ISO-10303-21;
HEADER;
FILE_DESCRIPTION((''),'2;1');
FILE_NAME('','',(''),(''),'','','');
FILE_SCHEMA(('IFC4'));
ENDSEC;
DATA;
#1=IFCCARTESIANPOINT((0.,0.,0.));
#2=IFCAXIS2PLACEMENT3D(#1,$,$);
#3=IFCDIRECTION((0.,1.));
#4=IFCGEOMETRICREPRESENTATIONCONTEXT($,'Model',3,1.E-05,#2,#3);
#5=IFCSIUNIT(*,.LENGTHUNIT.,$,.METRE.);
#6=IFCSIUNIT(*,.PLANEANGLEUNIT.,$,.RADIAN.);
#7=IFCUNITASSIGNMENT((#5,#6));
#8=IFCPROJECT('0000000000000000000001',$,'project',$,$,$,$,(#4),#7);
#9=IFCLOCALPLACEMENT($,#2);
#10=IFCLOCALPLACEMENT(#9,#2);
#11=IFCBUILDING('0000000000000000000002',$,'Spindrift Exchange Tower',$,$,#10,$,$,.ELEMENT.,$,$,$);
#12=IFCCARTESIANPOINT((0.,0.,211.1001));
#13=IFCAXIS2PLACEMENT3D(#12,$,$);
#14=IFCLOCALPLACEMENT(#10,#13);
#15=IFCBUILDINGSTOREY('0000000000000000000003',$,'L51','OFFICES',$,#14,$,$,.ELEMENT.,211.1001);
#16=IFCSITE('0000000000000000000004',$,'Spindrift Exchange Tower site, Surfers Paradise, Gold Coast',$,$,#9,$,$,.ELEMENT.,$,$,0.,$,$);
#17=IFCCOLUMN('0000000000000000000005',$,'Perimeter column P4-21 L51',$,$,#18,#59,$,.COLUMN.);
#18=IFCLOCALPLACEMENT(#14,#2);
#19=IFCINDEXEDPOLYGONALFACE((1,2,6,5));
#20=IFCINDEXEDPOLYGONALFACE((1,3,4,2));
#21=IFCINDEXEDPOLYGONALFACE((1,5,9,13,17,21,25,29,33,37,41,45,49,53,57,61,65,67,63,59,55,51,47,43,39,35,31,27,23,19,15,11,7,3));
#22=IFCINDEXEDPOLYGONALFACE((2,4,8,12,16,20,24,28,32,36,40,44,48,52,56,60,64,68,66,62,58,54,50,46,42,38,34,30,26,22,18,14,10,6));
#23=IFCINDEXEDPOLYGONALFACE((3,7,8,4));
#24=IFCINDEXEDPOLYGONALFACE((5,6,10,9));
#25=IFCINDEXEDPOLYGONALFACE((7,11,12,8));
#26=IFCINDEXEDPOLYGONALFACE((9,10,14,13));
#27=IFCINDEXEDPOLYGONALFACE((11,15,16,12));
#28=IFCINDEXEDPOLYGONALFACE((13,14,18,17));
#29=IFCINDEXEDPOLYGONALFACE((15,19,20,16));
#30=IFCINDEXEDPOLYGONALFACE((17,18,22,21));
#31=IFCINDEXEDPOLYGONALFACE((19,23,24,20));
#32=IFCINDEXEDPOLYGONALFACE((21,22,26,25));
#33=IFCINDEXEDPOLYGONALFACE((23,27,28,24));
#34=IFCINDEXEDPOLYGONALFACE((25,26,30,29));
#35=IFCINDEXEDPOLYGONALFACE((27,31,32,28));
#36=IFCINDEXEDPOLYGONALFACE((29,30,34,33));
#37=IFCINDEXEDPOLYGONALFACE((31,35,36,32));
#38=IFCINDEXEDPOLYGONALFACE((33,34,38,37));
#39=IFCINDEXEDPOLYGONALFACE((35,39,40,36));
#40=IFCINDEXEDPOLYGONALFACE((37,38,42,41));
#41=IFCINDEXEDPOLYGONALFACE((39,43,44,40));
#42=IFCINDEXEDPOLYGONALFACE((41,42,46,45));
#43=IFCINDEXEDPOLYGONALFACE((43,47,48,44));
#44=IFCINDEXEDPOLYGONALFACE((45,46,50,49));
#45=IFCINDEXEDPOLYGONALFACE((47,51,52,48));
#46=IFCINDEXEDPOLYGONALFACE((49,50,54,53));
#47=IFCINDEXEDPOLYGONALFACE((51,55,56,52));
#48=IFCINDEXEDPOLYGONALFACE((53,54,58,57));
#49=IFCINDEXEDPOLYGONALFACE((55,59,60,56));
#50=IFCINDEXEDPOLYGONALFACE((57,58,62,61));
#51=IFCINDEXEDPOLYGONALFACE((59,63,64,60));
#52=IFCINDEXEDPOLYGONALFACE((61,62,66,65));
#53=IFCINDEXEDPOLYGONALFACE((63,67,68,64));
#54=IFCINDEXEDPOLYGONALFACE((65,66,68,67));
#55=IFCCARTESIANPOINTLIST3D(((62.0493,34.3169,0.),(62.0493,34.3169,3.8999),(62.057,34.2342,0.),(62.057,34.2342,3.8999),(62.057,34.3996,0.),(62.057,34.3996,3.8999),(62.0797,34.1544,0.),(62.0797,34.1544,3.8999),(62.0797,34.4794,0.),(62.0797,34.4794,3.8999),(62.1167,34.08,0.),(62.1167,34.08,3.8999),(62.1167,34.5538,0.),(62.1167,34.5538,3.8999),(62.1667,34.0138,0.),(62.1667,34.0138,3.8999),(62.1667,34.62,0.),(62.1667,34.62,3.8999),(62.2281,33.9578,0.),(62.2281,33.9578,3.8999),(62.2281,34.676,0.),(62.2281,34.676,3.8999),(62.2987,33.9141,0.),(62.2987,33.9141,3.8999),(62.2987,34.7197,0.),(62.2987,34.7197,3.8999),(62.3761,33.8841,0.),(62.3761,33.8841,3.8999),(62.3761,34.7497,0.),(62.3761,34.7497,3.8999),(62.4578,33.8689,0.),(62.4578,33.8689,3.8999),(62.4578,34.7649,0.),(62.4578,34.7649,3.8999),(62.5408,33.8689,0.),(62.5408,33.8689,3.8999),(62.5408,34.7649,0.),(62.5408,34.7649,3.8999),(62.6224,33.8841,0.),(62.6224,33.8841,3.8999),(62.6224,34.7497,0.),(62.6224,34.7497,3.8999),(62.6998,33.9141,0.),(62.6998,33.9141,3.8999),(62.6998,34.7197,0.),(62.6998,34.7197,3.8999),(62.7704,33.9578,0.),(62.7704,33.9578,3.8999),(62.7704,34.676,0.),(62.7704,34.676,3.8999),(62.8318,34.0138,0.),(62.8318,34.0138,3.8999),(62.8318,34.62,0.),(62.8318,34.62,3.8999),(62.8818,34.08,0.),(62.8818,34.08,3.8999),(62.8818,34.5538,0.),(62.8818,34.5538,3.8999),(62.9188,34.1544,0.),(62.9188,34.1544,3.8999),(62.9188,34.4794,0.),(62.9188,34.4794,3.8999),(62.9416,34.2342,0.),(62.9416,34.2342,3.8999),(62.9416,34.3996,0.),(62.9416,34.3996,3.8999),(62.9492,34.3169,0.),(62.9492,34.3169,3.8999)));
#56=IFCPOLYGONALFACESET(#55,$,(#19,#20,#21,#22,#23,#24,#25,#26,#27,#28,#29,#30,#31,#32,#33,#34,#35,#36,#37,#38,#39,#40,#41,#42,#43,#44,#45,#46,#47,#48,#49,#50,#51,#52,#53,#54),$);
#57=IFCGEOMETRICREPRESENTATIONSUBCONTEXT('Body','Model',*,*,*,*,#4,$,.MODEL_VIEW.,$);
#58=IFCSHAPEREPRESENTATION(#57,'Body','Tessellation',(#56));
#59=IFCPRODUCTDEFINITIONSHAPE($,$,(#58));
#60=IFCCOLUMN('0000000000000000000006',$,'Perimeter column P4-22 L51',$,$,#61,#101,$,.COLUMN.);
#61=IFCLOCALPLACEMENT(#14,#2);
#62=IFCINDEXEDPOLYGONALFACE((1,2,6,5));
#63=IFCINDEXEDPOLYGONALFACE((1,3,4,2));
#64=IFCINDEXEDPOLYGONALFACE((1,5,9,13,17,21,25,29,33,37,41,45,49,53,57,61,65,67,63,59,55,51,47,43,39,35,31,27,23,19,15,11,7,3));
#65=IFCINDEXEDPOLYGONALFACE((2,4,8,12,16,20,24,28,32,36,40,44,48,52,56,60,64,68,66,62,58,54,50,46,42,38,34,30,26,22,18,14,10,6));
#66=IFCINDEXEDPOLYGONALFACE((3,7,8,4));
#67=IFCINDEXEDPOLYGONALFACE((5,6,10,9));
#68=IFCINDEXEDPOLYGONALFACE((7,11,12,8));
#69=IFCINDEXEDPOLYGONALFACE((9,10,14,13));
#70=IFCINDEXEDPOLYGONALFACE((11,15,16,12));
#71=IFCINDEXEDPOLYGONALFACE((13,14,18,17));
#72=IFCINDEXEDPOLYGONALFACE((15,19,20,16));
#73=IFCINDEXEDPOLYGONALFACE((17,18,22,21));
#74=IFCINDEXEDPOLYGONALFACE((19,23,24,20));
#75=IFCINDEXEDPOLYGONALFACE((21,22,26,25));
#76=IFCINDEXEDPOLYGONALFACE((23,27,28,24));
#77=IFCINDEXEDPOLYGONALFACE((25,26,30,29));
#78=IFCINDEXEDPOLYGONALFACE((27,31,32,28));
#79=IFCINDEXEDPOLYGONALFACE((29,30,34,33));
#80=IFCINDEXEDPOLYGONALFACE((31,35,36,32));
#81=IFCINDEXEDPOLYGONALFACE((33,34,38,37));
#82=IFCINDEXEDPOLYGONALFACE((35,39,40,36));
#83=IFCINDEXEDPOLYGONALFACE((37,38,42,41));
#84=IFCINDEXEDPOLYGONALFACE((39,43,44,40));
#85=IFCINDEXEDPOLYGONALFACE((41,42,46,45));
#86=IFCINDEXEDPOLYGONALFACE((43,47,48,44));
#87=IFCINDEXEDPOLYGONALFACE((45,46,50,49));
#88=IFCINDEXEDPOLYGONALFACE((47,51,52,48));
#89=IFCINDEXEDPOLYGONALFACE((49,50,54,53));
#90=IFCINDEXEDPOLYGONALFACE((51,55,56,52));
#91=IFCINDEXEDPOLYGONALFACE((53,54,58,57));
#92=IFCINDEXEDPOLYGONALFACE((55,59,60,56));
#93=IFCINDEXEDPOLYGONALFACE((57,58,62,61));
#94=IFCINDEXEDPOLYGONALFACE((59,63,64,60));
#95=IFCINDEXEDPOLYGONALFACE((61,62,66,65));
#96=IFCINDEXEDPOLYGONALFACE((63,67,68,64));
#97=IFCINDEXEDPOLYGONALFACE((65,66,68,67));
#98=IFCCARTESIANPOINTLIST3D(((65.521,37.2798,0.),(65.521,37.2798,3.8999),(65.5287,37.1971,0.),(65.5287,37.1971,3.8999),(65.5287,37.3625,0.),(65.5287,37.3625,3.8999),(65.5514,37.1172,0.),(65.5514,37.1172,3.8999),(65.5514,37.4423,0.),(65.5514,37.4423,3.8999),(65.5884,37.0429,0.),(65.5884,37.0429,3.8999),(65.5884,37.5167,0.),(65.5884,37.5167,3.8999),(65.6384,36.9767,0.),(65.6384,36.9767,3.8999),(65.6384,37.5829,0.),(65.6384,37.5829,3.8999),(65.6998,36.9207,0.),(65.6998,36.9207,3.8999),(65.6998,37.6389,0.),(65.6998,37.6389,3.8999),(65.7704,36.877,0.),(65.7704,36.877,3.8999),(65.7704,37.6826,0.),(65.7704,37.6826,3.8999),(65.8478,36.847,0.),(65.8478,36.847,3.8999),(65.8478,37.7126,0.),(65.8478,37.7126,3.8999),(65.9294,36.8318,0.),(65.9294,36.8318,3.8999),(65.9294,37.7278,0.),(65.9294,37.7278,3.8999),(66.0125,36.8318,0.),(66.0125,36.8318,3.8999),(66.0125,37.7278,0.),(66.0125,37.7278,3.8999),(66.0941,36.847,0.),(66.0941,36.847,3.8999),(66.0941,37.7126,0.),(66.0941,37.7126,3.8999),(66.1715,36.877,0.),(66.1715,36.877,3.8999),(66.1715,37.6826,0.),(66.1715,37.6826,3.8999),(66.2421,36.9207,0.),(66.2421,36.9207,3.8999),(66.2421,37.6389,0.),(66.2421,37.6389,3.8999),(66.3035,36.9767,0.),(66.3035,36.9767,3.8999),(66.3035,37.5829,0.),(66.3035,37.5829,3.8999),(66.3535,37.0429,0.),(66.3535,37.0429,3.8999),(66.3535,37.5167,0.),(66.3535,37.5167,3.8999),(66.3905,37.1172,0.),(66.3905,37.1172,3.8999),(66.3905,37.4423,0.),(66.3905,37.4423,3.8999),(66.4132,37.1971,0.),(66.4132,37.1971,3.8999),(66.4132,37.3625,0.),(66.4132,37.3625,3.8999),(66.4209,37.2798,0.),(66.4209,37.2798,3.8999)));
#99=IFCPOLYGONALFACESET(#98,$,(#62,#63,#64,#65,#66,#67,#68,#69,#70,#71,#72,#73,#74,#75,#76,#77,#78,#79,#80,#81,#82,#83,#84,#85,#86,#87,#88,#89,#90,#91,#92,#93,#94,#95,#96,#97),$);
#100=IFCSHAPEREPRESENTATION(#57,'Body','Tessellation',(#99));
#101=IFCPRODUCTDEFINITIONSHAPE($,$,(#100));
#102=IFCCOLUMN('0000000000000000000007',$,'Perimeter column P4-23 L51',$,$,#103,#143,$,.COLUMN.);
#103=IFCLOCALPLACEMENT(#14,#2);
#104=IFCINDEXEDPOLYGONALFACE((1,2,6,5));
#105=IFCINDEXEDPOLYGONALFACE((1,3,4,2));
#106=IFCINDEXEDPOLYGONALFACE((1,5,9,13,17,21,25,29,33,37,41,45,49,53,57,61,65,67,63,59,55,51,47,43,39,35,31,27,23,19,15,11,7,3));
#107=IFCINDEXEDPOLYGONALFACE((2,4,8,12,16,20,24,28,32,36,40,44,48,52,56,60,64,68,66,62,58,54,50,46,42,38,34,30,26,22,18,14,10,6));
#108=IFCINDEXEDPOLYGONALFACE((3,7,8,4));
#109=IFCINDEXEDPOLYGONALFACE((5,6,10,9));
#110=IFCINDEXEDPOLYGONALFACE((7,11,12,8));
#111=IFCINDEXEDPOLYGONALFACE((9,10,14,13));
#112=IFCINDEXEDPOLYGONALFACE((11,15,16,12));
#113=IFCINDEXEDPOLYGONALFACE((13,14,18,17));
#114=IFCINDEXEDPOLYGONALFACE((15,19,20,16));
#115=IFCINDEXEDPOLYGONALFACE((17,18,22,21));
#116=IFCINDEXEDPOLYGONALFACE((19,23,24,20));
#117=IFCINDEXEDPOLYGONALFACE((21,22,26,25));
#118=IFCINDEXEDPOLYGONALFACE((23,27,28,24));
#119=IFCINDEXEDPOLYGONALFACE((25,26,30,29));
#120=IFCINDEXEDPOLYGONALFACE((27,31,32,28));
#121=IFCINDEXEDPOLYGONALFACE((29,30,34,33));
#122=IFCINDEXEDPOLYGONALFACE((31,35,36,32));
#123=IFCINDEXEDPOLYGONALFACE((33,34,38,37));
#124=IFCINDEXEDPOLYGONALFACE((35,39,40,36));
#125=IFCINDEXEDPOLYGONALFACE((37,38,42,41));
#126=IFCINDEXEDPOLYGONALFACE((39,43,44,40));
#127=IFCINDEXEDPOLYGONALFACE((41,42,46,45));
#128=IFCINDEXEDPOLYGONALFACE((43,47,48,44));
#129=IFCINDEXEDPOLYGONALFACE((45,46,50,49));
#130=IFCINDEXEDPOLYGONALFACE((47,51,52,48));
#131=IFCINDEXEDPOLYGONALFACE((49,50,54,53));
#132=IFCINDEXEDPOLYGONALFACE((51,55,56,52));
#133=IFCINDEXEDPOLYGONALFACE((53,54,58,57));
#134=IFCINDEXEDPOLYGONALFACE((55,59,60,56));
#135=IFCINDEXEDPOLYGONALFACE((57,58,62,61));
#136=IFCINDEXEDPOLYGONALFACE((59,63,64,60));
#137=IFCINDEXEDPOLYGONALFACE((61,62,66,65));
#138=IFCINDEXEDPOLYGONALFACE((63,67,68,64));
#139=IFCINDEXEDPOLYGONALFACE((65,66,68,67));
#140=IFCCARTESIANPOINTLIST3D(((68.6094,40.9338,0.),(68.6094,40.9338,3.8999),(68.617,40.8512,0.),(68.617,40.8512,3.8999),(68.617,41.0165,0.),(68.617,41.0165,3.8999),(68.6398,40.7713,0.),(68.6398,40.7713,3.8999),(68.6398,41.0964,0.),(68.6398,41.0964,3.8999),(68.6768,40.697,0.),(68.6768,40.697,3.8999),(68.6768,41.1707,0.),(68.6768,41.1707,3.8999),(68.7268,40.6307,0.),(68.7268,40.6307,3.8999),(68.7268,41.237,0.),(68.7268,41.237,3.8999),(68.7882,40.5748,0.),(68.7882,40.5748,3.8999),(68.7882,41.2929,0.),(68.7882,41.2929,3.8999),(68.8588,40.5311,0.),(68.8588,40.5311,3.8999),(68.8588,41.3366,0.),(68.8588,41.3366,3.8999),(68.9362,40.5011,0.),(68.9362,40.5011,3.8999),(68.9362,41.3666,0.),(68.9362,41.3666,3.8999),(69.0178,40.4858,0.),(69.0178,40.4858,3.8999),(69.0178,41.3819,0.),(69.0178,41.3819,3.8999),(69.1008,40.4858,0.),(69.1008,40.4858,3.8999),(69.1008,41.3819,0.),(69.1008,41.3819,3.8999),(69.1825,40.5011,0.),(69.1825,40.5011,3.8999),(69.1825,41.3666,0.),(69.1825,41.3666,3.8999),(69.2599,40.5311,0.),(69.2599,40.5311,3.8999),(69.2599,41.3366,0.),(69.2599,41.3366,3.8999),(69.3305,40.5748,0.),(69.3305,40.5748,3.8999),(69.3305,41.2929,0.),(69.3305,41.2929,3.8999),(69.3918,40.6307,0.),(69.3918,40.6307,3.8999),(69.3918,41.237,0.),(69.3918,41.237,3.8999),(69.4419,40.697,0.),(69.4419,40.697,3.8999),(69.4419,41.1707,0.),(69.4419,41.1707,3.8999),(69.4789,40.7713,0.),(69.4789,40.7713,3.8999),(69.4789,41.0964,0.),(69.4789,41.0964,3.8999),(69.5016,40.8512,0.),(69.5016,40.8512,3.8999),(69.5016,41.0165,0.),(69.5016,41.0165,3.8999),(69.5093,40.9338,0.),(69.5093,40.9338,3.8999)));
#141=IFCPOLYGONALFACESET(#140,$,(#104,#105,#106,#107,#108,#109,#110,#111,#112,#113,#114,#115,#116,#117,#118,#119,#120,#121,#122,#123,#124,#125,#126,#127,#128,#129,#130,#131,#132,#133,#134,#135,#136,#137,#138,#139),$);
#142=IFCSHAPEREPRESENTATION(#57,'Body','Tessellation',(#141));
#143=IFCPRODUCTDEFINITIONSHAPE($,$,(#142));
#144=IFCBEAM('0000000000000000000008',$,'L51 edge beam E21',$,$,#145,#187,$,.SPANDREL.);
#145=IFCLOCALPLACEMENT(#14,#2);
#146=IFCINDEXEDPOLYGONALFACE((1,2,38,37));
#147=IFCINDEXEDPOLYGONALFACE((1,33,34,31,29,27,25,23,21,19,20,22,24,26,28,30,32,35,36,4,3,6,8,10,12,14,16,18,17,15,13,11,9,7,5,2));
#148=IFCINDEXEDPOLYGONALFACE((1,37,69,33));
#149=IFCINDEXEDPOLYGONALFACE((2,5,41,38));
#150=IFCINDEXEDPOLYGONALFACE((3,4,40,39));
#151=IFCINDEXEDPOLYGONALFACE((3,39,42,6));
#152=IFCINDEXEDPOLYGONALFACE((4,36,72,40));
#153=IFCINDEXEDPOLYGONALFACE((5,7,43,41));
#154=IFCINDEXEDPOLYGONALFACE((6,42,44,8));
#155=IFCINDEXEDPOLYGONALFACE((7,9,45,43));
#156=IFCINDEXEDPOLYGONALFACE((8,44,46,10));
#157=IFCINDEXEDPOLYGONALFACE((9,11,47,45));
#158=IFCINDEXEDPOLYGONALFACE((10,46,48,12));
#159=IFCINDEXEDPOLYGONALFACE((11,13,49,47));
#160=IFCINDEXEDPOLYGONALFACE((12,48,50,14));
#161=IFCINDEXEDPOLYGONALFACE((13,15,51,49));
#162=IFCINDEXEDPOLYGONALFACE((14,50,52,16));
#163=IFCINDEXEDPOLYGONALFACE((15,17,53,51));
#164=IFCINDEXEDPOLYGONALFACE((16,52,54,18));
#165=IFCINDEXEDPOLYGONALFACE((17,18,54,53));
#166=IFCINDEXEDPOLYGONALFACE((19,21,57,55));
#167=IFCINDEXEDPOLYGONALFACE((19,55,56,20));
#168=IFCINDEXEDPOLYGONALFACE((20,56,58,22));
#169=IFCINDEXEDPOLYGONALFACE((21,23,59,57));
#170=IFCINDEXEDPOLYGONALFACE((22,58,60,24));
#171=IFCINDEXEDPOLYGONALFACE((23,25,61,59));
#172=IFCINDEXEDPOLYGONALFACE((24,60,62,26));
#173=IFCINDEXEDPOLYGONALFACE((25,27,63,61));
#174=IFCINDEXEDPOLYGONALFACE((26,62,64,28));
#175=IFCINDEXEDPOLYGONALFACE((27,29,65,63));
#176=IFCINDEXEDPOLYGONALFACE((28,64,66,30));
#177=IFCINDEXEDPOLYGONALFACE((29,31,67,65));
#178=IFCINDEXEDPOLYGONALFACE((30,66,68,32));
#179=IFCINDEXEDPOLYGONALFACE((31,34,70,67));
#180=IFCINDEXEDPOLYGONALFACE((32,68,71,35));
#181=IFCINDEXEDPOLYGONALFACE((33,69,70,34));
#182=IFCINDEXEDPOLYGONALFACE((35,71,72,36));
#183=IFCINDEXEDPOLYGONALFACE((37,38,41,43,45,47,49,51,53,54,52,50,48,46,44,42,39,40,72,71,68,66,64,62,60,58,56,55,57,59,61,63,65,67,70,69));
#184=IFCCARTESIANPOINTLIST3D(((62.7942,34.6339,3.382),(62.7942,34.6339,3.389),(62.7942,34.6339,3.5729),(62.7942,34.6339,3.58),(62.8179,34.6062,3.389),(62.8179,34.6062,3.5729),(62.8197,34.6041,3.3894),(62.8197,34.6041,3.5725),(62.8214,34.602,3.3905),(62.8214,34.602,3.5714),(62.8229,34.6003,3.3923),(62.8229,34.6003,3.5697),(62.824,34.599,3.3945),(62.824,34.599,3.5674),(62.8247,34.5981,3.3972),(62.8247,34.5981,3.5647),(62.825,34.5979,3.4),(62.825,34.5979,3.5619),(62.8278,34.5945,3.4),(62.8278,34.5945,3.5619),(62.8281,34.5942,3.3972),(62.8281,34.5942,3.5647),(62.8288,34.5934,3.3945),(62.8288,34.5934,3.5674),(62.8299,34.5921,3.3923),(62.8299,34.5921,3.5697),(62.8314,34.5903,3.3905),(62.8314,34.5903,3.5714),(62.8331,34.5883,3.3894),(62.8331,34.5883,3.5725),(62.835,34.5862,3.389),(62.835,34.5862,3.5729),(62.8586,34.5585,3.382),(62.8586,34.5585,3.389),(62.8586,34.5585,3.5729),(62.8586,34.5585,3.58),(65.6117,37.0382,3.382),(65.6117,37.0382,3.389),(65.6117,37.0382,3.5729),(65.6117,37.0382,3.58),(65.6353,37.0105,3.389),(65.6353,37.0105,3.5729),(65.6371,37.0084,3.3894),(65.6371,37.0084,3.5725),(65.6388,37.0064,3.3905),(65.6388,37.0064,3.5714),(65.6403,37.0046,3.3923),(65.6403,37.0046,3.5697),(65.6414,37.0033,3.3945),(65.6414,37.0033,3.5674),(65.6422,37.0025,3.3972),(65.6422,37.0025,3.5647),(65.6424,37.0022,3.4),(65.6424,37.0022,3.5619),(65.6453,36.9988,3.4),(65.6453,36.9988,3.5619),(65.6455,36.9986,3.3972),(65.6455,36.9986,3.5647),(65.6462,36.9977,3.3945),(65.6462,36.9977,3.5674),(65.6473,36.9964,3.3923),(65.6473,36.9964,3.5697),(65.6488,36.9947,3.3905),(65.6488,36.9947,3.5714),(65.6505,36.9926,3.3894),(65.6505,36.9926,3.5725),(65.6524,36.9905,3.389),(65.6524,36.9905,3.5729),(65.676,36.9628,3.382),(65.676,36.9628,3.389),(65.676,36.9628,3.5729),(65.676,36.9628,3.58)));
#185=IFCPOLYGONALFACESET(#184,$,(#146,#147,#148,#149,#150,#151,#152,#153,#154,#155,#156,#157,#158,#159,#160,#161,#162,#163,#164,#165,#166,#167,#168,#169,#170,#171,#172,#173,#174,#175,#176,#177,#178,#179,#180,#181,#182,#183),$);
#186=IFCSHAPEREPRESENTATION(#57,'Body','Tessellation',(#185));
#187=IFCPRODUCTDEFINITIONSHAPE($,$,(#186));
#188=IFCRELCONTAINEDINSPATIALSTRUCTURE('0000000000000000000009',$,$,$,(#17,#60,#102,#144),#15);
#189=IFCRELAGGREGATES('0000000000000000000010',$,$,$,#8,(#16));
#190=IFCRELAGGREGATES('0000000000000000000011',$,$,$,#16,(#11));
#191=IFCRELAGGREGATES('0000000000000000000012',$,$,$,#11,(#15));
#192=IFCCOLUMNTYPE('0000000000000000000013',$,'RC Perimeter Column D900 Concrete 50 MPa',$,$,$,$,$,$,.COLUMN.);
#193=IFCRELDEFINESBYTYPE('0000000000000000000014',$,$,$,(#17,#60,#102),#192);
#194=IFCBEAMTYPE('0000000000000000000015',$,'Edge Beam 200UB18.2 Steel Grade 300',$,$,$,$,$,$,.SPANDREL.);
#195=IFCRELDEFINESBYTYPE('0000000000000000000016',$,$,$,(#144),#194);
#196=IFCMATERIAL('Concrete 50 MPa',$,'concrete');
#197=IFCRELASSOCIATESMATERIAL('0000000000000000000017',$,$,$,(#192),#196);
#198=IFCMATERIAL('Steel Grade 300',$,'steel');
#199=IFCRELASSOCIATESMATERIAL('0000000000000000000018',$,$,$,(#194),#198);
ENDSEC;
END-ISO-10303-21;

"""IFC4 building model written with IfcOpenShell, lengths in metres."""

from ifc_helpers import new_model, si_unit, direction, frame, origin, origin_2d, place, context, subcontext, project, spatial, circle, i_section, extrude, source, transform, mapped, material, material_profile, profile_set, type_object, element, save


model = new_model("IFC4")

# Units and contexts
model_context = context("Model", 3, precision=1e-05, world=origin(), true_north=direction((0.0, 1.0)))
body_context = subcontext(model_context, "Body", "Model", "MODEL_VIEW")
ifc_project = project(units=[si_unit("LENGTHUNIT", "METRE"), si_unit("PLANEANGLEUNIT", "RADIAN")], contexts=[model_context])

# Site, building, storey
site_placement = place(None, origin())
site = spatial("IfcSite", under=ifc_project, at=site_placement, Name="Spindrift Exchange Tower site, Surfers Paradise, Gold Coast", CompositionType="ELEMENT", RefElevation=0.0)
building_placement = place(site_placement, origin())
building = spatial("IfcBuilding", under=site, at=building_placement, Name="Spindrift Exchange Tower", CompositionType="ELEMENT")
storey_placement = place(building_placement, frame((0.0, 0.0, 211.1001)))
storey = spatial("IfcBuildingStorey", under=building, at=storey_placement, Name="L51", Description="OFFICES", CompositionType="ELEMENT", Elevation=211.1001)

# Columns
ifc_material_1 = material(Name="Concrete 50 MPa", Category="concrete")
ifc_material_profile_1 = material_profile(ifc_material_1, circle(Radius=0.45, at=origin_2d()), Name="RC D900")
ifc_profile_set_1 = profile_set([ifc_material_profile_1], Name="Concrete 50 MPa")
column_type = type_object("IfcColumnType", Name="RC Perimeter Column D900 Concrete 50 MPa", PredefinedType="COLUMN", material=ifc_profile_set_1)
shared_shape_1 = source(origin(), body_context, "Body", "SweptSolid", [
    extrude(circle(Radius=0.45, at=origin_2d()), origin(), (0.0, 0.0, 1.0), 3.8999),
])
for number, where, z_axis, x_axis, name in (
    (1, (62.4993, 34.3169, 0.0), (0.0, 0.0, 1.0), (1.0, 0.0, 0.0), "Perimeter column P4-21 L51"),
    (2, (65.9709, 37.2798, 0.0), (0.0, 0.0, 1.0), (1.0, 0.0, 0.0), "Perimeter column P4-22 L51"),
    (3, (69.0593, 40.9338, 0.0), (0.0, 0.0, 1.0), (1.0, 0.0, 0.0), "Perimeter column P4-23 L51"),
):
    element("IfcColumn", number, at=place(storey_placement, frame(where, z_axis=z_axis, x_axis=x_axis)), inside=storey, type_object=column_type, Name=name, PredefinedType="COLUMN", context=body_context, shape_type="MappedRepresentation", body=[
        mapped(shared_shape_1, transform((0.0, 0.0, 0.0), scale=1.0)),
    ])

# Beam
ifc_material_2 = material(Name="Steel Grade 300", Category="steel")
ifc_material_profile_2 = material_profile(ifc_material_2, i_section(OverallWidth=0.0991, OverallDepth=0.198, WebThickness=0.0044, FlangeThickness=0.0071, FilletRadius=0.011, at=origin_2d()), Name="200UB18.2")
ifc_profile_set_2 = profile_set([ifc_material_profile_2], Name="Steel Grade 300")
beam_type_1 = type_object("IfcBeamType", Name="Edge Beam 200UB18.2 Steel Grade 300", PredefinedType="SPANDREL", material=ifc_profile_set_2)
shared_shape_2 = source(origin(), body_context, "Body", "SweptSolid", [
    extrude(i_section(OverallWidth=0.0991, OverallDepth=0.198, WebThickness=0.0044, FlangeThickness=0.0071, FilletRadius=0.011, at=origin_2d()), origin(), (0.0, 0.0, 1.0), 3.7039),
])
beam_1_placement = place(storey_placement, frame((62.8264, 34.5962, 3.481), z_axis=(0.760669, 0.64914, 0.0), x_axis=(-0.64914, 0.760669, 0.0)))
element("IfcBeam", 4, at=beam_1_placement, inside=storey, type_object=beam_type_1, Name="L51 edge beam E21", PredefinedType="SPANDREL", context=body_context, shape_type="MappedRepresentation", body=[
    mapped(shared_shape_2, transform((0.0, 0.0, 0.0), scale=1.0)),
])

save(model, "model.ifc")
